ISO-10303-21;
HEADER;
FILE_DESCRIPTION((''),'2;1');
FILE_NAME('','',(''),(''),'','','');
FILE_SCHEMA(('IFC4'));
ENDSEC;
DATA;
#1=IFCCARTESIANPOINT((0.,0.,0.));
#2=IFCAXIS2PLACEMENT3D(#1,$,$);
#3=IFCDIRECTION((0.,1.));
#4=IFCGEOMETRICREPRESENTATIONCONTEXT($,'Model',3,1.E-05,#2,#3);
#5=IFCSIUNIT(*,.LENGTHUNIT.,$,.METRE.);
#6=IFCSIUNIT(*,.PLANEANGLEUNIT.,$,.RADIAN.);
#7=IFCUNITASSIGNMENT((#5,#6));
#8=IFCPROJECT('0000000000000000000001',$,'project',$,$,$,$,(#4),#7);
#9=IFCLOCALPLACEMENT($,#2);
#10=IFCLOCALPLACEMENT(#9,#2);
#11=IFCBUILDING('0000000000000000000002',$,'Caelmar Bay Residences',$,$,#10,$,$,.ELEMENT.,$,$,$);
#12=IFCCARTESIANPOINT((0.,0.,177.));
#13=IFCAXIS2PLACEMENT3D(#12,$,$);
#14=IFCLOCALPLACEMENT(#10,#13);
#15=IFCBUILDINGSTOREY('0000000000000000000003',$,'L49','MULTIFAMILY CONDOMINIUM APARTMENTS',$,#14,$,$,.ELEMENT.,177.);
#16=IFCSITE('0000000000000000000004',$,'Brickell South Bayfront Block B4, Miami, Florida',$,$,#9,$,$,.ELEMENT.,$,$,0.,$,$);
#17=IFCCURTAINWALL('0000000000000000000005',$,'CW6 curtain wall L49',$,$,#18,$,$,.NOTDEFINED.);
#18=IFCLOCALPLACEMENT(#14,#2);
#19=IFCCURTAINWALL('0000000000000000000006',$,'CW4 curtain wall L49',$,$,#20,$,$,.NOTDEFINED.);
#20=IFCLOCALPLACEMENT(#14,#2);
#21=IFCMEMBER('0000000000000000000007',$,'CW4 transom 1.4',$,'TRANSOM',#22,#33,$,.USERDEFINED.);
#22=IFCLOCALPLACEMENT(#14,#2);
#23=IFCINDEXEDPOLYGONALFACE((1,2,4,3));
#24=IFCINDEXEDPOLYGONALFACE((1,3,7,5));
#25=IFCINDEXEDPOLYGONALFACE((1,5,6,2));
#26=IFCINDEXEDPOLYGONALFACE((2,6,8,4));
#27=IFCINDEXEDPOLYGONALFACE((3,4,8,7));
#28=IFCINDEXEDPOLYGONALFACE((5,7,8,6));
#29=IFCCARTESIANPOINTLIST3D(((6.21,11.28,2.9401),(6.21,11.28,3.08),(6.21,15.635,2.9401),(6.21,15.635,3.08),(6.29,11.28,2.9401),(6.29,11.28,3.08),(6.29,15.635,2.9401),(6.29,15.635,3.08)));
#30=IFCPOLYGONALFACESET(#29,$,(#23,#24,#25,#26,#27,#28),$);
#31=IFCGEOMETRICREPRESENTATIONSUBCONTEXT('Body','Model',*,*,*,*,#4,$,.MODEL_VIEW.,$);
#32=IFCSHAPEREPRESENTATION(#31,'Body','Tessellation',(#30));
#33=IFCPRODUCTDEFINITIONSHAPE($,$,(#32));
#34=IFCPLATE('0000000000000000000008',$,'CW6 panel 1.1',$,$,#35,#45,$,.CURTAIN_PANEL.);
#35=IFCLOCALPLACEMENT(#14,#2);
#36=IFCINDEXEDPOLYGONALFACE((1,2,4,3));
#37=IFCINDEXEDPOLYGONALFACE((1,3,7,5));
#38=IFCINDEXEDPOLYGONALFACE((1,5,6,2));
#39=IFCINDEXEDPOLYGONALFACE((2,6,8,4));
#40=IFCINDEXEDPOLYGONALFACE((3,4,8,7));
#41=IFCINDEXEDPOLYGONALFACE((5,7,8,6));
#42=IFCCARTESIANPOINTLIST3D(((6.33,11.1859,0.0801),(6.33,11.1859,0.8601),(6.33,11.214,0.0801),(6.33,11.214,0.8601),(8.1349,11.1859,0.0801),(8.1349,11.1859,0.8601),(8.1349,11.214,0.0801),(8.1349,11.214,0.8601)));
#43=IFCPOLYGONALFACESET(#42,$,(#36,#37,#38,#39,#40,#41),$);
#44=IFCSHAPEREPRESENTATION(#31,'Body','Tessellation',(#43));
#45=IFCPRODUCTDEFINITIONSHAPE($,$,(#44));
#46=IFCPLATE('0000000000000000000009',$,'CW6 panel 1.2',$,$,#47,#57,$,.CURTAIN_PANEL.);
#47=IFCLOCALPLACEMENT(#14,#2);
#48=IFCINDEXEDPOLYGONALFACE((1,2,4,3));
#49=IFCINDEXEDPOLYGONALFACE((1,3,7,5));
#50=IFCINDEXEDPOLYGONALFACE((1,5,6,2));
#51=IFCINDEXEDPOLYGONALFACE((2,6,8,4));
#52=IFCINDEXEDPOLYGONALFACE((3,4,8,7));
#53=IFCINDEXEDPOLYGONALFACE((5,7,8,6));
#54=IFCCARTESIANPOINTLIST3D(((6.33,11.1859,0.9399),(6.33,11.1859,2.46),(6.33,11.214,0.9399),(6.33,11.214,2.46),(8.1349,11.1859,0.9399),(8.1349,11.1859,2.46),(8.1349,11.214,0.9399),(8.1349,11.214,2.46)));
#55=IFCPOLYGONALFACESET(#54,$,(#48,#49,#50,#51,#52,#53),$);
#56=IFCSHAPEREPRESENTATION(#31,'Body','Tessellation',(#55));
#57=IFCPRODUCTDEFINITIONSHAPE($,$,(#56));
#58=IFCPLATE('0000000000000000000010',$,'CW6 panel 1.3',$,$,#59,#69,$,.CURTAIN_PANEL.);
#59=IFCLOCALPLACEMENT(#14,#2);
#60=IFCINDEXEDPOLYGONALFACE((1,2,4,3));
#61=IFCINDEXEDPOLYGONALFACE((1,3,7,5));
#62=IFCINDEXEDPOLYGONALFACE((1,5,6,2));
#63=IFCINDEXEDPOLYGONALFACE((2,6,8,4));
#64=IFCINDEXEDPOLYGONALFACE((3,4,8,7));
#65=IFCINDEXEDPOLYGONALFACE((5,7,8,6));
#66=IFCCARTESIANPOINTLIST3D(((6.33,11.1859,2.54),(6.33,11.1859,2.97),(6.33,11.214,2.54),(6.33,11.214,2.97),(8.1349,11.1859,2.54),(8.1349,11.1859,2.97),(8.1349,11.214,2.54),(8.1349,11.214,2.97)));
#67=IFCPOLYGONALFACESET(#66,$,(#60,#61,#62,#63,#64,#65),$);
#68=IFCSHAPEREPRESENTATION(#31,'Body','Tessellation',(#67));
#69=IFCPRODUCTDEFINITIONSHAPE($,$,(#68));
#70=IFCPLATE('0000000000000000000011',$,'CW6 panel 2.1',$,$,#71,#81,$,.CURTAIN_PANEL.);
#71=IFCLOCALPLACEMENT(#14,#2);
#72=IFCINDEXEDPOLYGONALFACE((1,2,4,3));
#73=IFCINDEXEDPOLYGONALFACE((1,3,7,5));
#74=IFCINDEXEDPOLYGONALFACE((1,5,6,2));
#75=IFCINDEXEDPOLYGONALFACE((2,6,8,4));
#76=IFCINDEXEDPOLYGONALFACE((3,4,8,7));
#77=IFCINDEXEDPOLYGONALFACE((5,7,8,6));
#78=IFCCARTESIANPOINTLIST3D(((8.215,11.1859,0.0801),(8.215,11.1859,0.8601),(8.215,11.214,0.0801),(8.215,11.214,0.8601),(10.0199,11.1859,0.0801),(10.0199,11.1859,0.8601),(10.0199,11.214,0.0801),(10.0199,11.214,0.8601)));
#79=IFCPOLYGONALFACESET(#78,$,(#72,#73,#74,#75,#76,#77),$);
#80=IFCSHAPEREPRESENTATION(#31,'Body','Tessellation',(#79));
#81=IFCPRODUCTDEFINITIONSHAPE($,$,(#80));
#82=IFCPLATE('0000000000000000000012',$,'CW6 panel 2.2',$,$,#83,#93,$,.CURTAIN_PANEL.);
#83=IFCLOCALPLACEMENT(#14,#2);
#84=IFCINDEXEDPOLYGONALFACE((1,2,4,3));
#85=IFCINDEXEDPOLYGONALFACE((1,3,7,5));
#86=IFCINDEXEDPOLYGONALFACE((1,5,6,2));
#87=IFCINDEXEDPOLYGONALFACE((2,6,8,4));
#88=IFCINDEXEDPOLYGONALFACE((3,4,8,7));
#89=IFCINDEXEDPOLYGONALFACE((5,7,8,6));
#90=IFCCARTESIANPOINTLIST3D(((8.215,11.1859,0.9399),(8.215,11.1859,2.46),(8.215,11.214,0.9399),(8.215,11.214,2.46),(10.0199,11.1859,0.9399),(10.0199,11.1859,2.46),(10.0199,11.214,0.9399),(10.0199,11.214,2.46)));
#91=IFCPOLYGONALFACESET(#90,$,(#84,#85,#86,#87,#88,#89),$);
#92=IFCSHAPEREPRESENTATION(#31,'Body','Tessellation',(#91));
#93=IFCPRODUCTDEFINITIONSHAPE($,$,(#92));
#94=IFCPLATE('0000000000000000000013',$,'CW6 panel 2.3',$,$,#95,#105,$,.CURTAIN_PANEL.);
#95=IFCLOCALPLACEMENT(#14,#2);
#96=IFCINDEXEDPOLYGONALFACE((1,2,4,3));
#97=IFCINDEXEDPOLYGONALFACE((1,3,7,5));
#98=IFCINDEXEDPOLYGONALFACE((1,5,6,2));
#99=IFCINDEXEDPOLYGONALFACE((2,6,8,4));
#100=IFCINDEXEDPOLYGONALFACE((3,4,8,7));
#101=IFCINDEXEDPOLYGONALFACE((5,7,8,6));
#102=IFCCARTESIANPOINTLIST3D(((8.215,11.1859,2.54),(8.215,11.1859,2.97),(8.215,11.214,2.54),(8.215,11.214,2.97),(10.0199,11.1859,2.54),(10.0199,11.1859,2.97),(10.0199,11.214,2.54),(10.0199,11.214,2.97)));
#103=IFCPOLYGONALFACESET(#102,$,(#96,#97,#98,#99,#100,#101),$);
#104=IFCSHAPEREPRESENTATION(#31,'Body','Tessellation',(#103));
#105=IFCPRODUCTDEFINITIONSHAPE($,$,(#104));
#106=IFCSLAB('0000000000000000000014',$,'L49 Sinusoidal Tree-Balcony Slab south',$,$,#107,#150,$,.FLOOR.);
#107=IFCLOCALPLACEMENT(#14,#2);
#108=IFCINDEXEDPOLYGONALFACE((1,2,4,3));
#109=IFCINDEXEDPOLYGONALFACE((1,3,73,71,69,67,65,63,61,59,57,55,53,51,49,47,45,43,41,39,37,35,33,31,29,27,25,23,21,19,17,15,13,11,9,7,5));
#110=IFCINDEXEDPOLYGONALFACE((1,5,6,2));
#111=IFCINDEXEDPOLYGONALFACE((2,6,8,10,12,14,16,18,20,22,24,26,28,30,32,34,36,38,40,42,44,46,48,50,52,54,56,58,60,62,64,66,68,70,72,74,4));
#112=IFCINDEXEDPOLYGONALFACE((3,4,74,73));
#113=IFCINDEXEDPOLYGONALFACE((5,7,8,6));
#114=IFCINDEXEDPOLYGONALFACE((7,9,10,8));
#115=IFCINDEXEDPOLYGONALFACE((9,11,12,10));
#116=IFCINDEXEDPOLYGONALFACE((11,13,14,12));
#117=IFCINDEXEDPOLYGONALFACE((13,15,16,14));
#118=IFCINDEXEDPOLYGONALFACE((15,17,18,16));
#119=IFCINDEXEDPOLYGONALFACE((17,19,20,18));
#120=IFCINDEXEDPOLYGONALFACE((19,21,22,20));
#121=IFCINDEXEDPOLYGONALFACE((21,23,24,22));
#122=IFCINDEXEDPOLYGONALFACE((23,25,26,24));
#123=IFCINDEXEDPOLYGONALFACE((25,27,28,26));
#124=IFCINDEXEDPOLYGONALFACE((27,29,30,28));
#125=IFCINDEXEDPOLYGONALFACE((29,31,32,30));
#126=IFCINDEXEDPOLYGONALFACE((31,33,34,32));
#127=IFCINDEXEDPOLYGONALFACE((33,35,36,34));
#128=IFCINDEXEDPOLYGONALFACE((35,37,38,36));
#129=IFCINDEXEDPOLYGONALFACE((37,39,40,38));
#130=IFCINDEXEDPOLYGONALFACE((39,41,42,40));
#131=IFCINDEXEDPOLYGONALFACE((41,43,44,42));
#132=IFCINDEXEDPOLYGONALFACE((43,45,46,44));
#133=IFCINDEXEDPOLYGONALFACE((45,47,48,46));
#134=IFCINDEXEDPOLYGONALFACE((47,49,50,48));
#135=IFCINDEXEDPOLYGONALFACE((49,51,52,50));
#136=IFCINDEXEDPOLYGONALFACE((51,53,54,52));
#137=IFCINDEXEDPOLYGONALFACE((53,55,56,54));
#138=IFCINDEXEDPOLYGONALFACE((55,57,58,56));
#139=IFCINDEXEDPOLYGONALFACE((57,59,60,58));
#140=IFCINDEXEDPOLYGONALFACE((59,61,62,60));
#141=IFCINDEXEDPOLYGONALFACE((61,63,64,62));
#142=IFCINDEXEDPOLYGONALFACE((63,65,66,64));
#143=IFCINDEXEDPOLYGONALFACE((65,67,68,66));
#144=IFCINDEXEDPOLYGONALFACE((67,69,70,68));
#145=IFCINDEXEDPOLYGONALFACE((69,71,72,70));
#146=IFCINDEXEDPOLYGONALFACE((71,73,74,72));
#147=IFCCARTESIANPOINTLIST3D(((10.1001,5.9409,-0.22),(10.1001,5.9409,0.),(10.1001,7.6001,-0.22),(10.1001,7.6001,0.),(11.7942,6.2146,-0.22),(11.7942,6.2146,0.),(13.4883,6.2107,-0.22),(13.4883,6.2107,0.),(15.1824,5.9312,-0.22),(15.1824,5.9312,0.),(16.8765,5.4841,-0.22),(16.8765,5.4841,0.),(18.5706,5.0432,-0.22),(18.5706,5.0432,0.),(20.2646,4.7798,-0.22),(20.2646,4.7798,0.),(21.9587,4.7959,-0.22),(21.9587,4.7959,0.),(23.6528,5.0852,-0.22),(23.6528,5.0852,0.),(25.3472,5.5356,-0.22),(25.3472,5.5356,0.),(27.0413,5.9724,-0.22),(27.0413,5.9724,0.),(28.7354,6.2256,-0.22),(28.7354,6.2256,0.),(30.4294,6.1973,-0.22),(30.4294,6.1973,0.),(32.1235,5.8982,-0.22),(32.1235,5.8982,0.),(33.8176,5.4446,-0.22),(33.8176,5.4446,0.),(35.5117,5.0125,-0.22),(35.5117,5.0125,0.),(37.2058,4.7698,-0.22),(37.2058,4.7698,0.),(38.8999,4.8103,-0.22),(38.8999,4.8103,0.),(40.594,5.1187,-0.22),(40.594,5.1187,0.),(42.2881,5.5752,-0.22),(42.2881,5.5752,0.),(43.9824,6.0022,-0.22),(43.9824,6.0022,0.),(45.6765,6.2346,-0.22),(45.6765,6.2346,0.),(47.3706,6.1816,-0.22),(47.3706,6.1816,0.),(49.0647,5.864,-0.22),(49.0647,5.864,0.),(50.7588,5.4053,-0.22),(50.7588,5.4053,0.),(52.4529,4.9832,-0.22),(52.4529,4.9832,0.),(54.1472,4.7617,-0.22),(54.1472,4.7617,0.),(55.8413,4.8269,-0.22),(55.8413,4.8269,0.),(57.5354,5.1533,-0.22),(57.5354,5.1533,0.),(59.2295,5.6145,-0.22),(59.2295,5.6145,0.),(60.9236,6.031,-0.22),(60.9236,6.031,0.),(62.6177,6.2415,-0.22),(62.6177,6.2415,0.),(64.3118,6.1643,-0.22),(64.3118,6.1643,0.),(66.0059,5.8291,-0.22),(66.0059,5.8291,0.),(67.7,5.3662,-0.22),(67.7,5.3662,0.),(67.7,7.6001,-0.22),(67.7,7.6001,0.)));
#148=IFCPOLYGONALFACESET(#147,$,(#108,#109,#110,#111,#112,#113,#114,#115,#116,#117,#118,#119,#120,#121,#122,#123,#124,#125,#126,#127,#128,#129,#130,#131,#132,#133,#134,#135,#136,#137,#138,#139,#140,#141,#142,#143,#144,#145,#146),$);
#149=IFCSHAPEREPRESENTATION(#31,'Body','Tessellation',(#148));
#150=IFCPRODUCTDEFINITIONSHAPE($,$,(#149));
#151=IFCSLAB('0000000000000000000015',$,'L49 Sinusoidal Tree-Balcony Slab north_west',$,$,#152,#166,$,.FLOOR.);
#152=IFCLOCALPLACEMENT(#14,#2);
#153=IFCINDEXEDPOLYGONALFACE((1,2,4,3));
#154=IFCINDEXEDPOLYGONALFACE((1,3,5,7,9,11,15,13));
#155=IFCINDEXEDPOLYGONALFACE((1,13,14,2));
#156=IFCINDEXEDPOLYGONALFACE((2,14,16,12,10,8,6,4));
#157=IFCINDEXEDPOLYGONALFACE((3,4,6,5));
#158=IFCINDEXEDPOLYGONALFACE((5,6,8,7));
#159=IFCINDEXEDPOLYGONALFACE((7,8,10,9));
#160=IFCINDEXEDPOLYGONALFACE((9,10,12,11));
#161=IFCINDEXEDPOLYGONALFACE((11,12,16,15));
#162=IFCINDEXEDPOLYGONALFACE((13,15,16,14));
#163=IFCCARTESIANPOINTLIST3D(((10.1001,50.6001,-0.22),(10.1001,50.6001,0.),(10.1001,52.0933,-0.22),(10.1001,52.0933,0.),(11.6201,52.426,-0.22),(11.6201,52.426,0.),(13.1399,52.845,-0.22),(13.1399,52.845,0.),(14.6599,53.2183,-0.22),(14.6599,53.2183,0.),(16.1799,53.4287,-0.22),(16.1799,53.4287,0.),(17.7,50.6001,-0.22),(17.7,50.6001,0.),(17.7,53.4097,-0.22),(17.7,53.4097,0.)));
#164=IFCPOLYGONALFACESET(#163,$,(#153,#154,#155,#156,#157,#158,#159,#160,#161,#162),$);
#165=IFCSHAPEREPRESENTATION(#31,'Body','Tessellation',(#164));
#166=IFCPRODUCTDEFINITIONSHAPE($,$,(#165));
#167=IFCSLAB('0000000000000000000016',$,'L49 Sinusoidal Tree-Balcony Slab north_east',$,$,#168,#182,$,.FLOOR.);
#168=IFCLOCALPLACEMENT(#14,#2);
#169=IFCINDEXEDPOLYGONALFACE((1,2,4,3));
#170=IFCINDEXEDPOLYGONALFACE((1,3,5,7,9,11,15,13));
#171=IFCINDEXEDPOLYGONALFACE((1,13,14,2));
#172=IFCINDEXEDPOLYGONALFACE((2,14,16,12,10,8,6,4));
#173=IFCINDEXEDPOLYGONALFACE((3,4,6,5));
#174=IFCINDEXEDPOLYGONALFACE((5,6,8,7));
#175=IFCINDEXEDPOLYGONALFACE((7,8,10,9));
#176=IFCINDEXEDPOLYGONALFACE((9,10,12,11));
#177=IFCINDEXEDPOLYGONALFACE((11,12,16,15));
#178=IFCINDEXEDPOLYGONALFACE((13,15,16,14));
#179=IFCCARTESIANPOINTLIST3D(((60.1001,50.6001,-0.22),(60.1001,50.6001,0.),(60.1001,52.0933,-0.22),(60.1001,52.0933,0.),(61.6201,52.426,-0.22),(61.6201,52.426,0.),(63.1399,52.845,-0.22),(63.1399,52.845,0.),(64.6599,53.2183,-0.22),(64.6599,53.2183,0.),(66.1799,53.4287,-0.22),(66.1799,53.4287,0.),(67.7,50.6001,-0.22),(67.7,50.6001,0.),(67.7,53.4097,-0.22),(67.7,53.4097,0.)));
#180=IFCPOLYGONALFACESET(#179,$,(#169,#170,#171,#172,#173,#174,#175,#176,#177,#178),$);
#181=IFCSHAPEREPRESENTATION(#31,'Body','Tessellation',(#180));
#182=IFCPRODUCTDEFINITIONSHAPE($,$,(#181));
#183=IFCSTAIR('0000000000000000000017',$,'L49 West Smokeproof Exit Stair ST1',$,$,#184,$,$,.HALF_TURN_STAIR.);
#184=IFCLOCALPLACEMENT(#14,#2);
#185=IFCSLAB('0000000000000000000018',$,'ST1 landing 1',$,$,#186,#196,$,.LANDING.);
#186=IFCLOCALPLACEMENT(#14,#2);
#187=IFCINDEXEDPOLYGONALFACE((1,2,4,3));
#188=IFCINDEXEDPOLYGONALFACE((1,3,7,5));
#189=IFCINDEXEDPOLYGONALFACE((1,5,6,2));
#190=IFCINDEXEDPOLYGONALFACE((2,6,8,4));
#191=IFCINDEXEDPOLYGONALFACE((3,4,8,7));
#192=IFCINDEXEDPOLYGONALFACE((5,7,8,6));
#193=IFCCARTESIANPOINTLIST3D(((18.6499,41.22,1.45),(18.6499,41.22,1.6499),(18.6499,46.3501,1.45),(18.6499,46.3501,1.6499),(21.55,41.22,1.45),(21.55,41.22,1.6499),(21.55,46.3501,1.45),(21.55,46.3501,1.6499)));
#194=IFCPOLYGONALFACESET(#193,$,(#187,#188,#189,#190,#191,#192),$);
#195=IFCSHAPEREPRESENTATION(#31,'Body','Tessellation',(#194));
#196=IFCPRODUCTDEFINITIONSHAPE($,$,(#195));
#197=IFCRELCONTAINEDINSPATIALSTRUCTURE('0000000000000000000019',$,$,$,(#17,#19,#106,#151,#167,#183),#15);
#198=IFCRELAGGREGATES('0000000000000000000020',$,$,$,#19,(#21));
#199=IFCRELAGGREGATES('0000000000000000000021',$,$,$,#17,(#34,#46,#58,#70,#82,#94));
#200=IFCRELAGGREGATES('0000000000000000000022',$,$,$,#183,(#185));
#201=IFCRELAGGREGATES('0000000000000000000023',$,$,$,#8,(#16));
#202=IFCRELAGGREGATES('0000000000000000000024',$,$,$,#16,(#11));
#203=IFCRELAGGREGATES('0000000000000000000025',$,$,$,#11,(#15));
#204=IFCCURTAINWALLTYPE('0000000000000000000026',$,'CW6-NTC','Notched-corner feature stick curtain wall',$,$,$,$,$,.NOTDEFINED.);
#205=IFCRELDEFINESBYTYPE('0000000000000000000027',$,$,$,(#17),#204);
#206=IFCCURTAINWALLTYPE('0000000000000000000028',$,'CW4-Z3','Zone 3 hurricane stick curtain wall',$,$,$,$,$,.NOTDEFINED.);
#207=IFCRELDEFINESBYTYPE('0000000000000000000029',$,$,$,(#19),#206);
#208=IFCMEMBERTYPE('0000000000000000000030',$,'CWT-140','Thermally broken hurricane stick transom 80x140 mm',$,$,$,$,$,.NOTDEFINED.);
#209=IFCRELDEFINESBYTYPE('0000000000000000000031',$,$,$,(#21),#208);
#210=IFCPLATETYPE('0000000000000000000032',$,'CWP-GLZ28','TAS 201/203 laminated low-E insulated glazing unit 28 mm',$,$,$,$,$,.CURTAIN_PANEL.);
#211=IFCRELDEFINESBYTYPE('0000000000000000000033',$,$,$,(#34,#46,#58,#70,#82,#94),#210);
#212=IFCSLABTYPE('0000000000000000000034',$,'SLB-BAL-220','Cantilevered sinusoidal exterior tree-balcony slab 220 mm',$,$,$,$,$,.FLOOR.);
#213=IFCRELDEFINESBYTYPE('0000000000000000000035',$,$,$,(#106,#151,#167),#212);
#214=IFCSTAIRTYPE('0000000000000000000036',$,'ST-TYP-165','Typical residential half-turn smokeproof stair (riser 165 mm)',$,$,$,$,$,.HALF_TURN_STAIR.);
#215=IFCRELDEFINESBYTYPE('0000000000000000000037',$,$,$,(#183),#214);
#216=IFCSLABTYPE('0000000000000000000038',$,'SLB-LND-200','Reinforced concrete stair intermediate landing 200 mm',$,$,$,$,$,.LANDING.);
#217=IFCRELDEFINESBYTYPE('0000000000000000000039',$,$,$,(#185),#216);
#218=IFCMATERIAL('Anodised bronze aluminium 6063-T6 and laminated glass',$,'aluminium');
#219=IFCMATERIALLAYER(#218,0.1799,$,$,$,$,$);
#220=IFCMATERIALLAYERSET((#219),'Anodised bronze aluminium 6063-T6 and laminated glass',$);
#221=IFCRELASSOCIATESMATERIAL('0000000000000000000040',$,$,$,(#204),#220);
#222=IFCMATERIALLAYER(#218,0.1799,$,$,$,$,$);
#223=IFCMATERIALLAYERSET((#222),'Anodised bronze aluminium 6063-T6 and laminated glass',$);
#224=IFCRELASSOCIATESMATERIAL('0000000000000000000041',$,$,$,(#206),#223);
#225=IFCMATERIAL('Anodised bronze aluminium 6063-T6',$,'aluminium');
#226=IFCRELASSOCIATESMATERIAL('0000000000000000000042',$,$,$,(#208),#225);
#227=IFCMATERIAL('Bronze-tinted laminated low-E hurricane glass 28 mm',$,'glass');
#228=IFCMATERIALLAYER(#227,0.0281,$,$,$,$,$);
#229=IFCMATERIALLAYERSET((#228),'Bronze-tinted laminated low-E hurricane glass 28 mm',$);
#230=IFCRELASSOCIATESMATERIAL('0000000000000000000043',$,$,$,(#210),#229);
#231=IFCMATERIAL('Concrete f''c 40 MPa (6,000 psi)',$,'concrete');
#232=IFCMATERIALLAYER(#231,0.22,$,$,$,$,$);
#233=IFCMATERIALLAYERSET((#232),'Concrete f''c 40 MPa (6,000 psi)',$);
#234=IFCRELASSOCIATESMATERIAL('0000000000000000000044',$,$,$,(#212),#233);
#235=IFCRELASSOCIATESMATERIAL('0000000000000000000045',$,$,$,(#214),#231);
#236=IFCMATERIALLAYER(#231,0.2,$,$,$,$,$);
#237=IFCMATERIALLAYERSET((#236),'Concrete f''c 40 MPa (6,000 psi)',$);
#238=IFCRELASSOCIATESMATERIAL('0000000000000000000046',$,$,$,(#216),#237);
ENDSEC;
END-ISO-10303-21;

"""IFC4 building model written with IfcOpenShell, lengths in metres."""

from ifc_helpers import new_model, si_unit, direction, frame, origin, origin_2d, place, context, subcontext, project, spatial, polyline, rectangle, outline, extrude, material, layer, layer_set, material_profile, profile_set, type_object, element, aggregate, save


model = new_model("IFC4")

# Units and contexts
model_context = context("Model", 3, precision=1e-05, world=origin(), true_north=direction((0.0, 1.0)))
body_context = subcontext(model_context, "Body", "Model", "MODEL_VIEW")
ifc_project = project(units=[si_unit("LENGTHUNIT", "METRE"), si_unit("PLANEANGLEUNIT", "RADIAN")], contexts=[model_context])

# Site, building, storey
site_placement = place(None, origin())
site = spatial("IfcSite", under=ifc_project, at=site_placement, Name="Brickell South Bayfront Block B4, Miami, Florida", CompositionType="ELEMENT", RefElevation=0.0)
building_placement = place(site_placement, origin())
building = spatial("IfcBuilding", under=site, at=building_placement, Name="Caelmar Bay Residences", CompositionType="ELEMENT")
storey_placement = place(building_placement, frame((0.0, 0.0, 177.0)))
storey = spatial("IfcBuildingStorey", under=building, at=storey_placement, Name="L49", Description="MULTIFAMILY CONDOMINIUM APARTMENTS", CompositionType="ELEMENT", Elevation=177.0)

# Curtain wall
ifc_material_1 = material(Name="Anodised bronze aluminium 6063-T6 and laminated glass", Category="aluminium")
ifc_layer_1 = layer(ifc_material_1, 0.1799)
ifc_layer_set_1 = layer_set([ifc_layer_1], Name="Anodised bronze aluminium 6063-T6 and laminated glass")
curtain_wall_type_1 = type_object("IfcCurtainWallType", Name="CW6-NTC", Description="Notched-corner feature stick curtain wall", PredefinedType="NOTDEFINED", material=ifc_layer_set_1)
curtain_wall_1_placement = place(storey_placement, origin())
curtain_wall_1 = element("IfcCurtainWall", 1, at=curtain_wall_1_placement, inside=storey, type_object=curtain_wall_type_1, Name="CW6 curtain wall L49", PredefinedType="NOTDEFINED")
ifc_material_2 = material(Name="Anodised bronze aluminium 6063-T6", Category="aluminium")

# Curtain wall
ifc_layer_2 = layer(ifc_material_1, 0.1799)
ifc_layer_set_2 = layer_set([ifc_layer_2], Name="Anodised bronze aluminium 6063-T6 and laminated glass")
curtain_wall_type_2 = type_object("IfcCurtainWallType", Name="CW4-Z3", Description="Zone 3 hurricane stick curtain wall", PredefinedType="NOTDEFINED", material=ifc_layer_set_2)
curtain_wall_2_placement = place(storey_placement, origin())
curtain_wall_2 = element("IfcCurtainWall", 2, at=curtain_wall_2_placement, inside=storey, type_object=curtain_wall_type_2, Name="CW4 curtain wall L49", PredefinedType="NOTDEFINED")

# Member
ifc_material_profile_1 = material_profile(ifc_material_2, rectangle(XDim=0.0801, YDim=0.1399, at=origin_2d()), Name="CWT-80X140")
ifc_profile_set_1 = profile_set([ifc_material_profile_1], Name="Anodised bronze aluminium 6063-T6")
member_type_1 = type_object("IfcMemberType", Name="CWT-140", Description="Thermally broken hurricane stick transom 80x140 mm", PredefinedType="NOTDEFINED", material=ifc_profile_set_1)
member_1_placement = place(storey_placement, frame((6.25, 11.28, 3.01), z_axis=(0.0, 1.0, 0.0), x_axis=(-1.0, 0.0, 0.0)))
member_1 = element("IfcMember", 3, at=member_1_placement, type_object=member_type_1, Name="CW4 transom 1.4", ObjectType="TRANSOM", PredefinedType="USERDEFINED", context=body_context, shape_type="SweptSolid", body=[
    extrude(rectangle(XDim=0.0801, YDim=0.1399, at=origin_2d()), origin(), (0.0, 0.0, 1.0), 4.355),
])
aggregate(curtain_wall_2, [member_1])

# Plates
ifc_material_3 = material(Name="Bronze-tinted laminated low-E hurricane glass 28 mm", Category="glass")
ifc_layer_3 = layer(ifc_material_3, 0.0281)
ifc_layer_set_3 = layer_set([ifc_layer_3], Name="Bronze-tinted laminated low-E hurricane glass 28 mm")
plate_type = type_object("IfcPlateType", Name="CWP-GLZ28", Description="TAS 201/203 laminated low-E insulated glazing unit 28 mm", PredefinedType="CURTAIN_PANEL", material=ifc_layer_set_3)
plate_1_placement = place(storey_placement, frame((7.2324, 11.2, 0.0801), z_axis=(0.0, 0.0, 1.0), x_axis=(1.0, 0.0, 0.0)))
plate_1 = element("IfcPlate", 4, at=plate_1_placement, type_object=plate_type, Name="CW6 panel 1.1", PredefinedType="CURTAIN_PANEL", context=body_context, shape_type="SweptSolid", body=[
    extrude(rectangle(XDim=1.8049, YDim=0.0281, at=origin_2d()), origin(), (0.0, 0.0, 1.0), 0.78),
])
plate_2_placement = place(storey_placement, frame((7.2324, 11.2, 0.9399), z_axis=(0.0, 0.0, 1.0), x_axis=(1.0, 0.0, 0.0)))
plate_2 = element("IfcPlate", 5, at=plate_2_placement, type_object=plate_type, Name="CW6 panel 1.2", PredefinedType="CURTAIN_PANEL", context=body_context, shape_type="SweptSolid", body=[
    extrude(rectangle(XDim=1.8049, YDim=0.0281, at=origin_2d()), origin(), (0.0, 0.0, 1.0), 1.52),
])
plate_3_placement = place(storey_placement, frame((7.2324, 11.2, 2.54), z_axis=(0.0, 0.0, 1.0), x_axis=(1.0, 0.0, 0.0)))
plate_3 = element("IfcPlate", 6, at=plate_3_placement, type_object=plate_type, Name="CW6 panel 1.3", PredefinedType="CURTAIN_PANEL", context=body_context, shape_type="SweptSolid", body=[
    extrude(rectangle(XDim=1.8049, YDim=0.0281, at=origin_2d()), origin(), (0.0, 0.0, 1.0), 0.4299),
])
plate_4_placement = place(storey_placement, frame((9.1174, 11.2, 0.0801), z_axis=(0.0, 0.0, 1.0), x_axis=(1.0, 0.0, 0.0)))
plate_4 = element("IfcPlate", 7, at=plate_4_placement, type_object=plate_type, Name="CW6 panel 2.1", PredefinedType="CURTAIN_PANEL", context=body_context, shape_type="SweptSolid", body=[
    extrude(rectangle(XDim=1.8049, YDim=0.0281, at=origin_2d()), origin(), (0.0, 0.0, 1.0), 0.78),
])
plate_5_placement = place(storey_placement, frame((9.1174, 11.2, 0.9399), z_axis=(0.0, 0.0, 1.0), x_axis=(1.0, 0.0, 0.0)))
plate_5 = element("IfcPlate", 8, at=plate_5_placement, type_object=plate_type, Name="CW6 panel 2.2", PredefinedType="CURTAIN_PANEL", context=body_context, shape_type="SweptSolid", body=[
    extrude(rectangle(XDim=1.8049, YDim=0.0281, at=origin_2d()), origin(), (0.0, 0.0, 1.0), 1.52),
])
plate_6_placement = place(storey_placement, frame((9.1174, 11.2, 2.54), z_axis=(0.0, 0.0, 1.0), x_axis=(1.0, 0.0, 0.0)))
plate_6 = element("IfcPlate", 9, at=plate_6_placement, type_object=plate_type, Name="CW6 panel 2.3", PredefinedType="CURTAIN_PANEL", context=body_context, shape_type="SweptSolid", body=[
    extrude(rectangle(XDim=1.8049, YDim=0.0281, at=origin_2d()), origin(), (0.0, 0.0, 1.0), 0.4299),
])
aggregate(curtain_wall_1, [plate_1, plate_2, plate_3, plate_4, plate_5, plate_6])

# Slabs
ifc_material_4 = material(Name="Concrete f'c 40 MPa (6,000 psi)", Category="concrete")
ifc_layer_4 = layer(ifc_material_4, 0.22)
ifc_layer_set_4 = layer_set([ifc_layer_4], Name="Concrete f'c 40 MPa (6,000 psi)")
slab_type_1 = type_object("IfcSlabType", Name="SLB-BAL-220", Description="Cantilevered sinusoidal exterior tree-balcony slab 220 mm", PredefinedType="FLOOR", material=ifc_layer_set_4)
slab_1_placement = place(storey_placement, frame((0.0, 0.0, -0.22)))
element("IfcSlab", 10, at=slab_1_placement, inside=storey, type_object=slab_type_1, Name="L49 Sinusoidal Tree-Balcony Slab south", PredefinedType="FLOOR", context=body_context, shape_type="SweptSolid", body=[
    extrude(outline(polyline([(10.1001, 5.9409), (11.7942, 6.2146), (13.4883, 6.2107), (15.1824, 5.9312), (16.8765, 5.4841), (18.5706, 5.0432), (20.2646, 4.7798), (21.9587, 4.7959), (23.6528, 5.0852), (25.3472, 5.5356), (27.0413, 5.9724), (28.7354, 6.2256), (30.4294, 6.1973), (32.1235, 5.8982), (33.8176, 5.4446), (35.5117, 5.0125), (37.2058, 4.7698), (38.8999, 4.8103), (40.594, 5.1187), (42.2881, 5.5752), (43.9824, 6.0022), (45.6765, 6.2346), (47.3706, 6.1816), (49.0647, 5.864), (50.7588, 5.4053), (52.4529, 4.9832), (54.1472, 4.7617), (55.8413, 4.8269), (57.5354, 5.1533), (59.2295, 5.6145), (60.9236, 6.031), (62.6177, 6.2415), (64.3118, 6.1643), (66.0059, 5.8291), (67.7, 5.3662), (67.7, 7.6001), (10.1001, 7.6001), (10.1001, 5.9409)])), origin(), (0.0, 0.0, 1.0), 0.22),
])
slab_2_placement = place(storey_placement, frame((0.0, 0.0, -0.22)))
element("IfcSlab", 11, at=slab_2_placement, inside=storey, type_object=slab_type_1, Name="L49 Sinusoidal Tree-Balcony Slab north_west", PredefinedType="FLOOR", context=body_context, shape_type="SweptSolid", body=[
    extrude(outline(polyline([(10.1001, 50.6001), (17.7, 50.6001), (17.7, 53.4097), (16.1799, 53.4287), (14.6599, 53.2183), (13.1399, 52.845), (11.6201, 52.426), (10.1001, 52.0933), (10.1001, 50.6001)])), origin(), (0.0, 0.0, 1.0), 0.22),
])
slab_3_placement = place(storey_placement, frame((0.0, 0.0, -0.22)))
element("IfcSlab", 12, at=slab_3_placement, inside=storey, type_object=slab_type_1, Name="L49 Sinusoidal Tree-Balcony Slab north_east", PredefinedType="FLOOR", context=body_context, shape_type="SweptSolid", body=[
    extrude(outline(polyline([(60.1001, 50.6001), (67.7, 50.6001), (67.7, 53.4097), (66.1799, 53.4287), (64.6599, 53.2183), (63.1399, 52.845), (61.6201, 52.426), (60.1001, 52.0933), (60.1001, 50.6001)])), origin(), (0.0, 0.0, 1.0), 0.22),
])

# Stair, slab
stair_type = type_object("IfcStairType", Name="ST-TYP-165", Description="Typical residential half-turn smokeproof stair (riser 165 mm)", PredefinedType="HALF_TURN_STAIR", material=ifc_material_4)
stair_1_placement = place(storey_placement, origin())
stair_1 = element("IfcStair", 13, at=stair_1_placement, inside=storey, type_object=stair_type, Name="L49 West Smokeproof Exit Stair ST1", PredefinedType="HALF_TURN_STAIR")
ifc_layer_5 = layer(ifc_material_4, 0.2)
ifc_layer_set_5 = layer_set([ifc_layer_5], Name="Concrete f'c 40 MPa (6,000 psi)")
slab_type_2 = type_object("IfcSlabType", Name="SLB-LND-200", Description="Reinforced concrete stair intermediate landing 200 mm", PredefinedType="LANDING", material=ifc_layer_set_5)
slab_4_placement = place(storey_placement, frame((0.0, 0.0, 1.45)))
slab_4 = element("IfcSlab", 14, at=slab_4_placement, type_object=slab_type_2, Name="ST1 landing 1", PredefinedType="LANDING", context=body_context, shape_type="SweptSolid", body=[
    extrude(outline(polyline([(21.55, 41.22), (21.55, 46.3501), (18.6499, 46.3501), (18.6499, 41.22), (21.55, 41.22)])), origin(), (0.0, 0.0, 1.0), 0.2),
])
aggregate(stair_1, [slab_4])

save(model, "model.ifc")
